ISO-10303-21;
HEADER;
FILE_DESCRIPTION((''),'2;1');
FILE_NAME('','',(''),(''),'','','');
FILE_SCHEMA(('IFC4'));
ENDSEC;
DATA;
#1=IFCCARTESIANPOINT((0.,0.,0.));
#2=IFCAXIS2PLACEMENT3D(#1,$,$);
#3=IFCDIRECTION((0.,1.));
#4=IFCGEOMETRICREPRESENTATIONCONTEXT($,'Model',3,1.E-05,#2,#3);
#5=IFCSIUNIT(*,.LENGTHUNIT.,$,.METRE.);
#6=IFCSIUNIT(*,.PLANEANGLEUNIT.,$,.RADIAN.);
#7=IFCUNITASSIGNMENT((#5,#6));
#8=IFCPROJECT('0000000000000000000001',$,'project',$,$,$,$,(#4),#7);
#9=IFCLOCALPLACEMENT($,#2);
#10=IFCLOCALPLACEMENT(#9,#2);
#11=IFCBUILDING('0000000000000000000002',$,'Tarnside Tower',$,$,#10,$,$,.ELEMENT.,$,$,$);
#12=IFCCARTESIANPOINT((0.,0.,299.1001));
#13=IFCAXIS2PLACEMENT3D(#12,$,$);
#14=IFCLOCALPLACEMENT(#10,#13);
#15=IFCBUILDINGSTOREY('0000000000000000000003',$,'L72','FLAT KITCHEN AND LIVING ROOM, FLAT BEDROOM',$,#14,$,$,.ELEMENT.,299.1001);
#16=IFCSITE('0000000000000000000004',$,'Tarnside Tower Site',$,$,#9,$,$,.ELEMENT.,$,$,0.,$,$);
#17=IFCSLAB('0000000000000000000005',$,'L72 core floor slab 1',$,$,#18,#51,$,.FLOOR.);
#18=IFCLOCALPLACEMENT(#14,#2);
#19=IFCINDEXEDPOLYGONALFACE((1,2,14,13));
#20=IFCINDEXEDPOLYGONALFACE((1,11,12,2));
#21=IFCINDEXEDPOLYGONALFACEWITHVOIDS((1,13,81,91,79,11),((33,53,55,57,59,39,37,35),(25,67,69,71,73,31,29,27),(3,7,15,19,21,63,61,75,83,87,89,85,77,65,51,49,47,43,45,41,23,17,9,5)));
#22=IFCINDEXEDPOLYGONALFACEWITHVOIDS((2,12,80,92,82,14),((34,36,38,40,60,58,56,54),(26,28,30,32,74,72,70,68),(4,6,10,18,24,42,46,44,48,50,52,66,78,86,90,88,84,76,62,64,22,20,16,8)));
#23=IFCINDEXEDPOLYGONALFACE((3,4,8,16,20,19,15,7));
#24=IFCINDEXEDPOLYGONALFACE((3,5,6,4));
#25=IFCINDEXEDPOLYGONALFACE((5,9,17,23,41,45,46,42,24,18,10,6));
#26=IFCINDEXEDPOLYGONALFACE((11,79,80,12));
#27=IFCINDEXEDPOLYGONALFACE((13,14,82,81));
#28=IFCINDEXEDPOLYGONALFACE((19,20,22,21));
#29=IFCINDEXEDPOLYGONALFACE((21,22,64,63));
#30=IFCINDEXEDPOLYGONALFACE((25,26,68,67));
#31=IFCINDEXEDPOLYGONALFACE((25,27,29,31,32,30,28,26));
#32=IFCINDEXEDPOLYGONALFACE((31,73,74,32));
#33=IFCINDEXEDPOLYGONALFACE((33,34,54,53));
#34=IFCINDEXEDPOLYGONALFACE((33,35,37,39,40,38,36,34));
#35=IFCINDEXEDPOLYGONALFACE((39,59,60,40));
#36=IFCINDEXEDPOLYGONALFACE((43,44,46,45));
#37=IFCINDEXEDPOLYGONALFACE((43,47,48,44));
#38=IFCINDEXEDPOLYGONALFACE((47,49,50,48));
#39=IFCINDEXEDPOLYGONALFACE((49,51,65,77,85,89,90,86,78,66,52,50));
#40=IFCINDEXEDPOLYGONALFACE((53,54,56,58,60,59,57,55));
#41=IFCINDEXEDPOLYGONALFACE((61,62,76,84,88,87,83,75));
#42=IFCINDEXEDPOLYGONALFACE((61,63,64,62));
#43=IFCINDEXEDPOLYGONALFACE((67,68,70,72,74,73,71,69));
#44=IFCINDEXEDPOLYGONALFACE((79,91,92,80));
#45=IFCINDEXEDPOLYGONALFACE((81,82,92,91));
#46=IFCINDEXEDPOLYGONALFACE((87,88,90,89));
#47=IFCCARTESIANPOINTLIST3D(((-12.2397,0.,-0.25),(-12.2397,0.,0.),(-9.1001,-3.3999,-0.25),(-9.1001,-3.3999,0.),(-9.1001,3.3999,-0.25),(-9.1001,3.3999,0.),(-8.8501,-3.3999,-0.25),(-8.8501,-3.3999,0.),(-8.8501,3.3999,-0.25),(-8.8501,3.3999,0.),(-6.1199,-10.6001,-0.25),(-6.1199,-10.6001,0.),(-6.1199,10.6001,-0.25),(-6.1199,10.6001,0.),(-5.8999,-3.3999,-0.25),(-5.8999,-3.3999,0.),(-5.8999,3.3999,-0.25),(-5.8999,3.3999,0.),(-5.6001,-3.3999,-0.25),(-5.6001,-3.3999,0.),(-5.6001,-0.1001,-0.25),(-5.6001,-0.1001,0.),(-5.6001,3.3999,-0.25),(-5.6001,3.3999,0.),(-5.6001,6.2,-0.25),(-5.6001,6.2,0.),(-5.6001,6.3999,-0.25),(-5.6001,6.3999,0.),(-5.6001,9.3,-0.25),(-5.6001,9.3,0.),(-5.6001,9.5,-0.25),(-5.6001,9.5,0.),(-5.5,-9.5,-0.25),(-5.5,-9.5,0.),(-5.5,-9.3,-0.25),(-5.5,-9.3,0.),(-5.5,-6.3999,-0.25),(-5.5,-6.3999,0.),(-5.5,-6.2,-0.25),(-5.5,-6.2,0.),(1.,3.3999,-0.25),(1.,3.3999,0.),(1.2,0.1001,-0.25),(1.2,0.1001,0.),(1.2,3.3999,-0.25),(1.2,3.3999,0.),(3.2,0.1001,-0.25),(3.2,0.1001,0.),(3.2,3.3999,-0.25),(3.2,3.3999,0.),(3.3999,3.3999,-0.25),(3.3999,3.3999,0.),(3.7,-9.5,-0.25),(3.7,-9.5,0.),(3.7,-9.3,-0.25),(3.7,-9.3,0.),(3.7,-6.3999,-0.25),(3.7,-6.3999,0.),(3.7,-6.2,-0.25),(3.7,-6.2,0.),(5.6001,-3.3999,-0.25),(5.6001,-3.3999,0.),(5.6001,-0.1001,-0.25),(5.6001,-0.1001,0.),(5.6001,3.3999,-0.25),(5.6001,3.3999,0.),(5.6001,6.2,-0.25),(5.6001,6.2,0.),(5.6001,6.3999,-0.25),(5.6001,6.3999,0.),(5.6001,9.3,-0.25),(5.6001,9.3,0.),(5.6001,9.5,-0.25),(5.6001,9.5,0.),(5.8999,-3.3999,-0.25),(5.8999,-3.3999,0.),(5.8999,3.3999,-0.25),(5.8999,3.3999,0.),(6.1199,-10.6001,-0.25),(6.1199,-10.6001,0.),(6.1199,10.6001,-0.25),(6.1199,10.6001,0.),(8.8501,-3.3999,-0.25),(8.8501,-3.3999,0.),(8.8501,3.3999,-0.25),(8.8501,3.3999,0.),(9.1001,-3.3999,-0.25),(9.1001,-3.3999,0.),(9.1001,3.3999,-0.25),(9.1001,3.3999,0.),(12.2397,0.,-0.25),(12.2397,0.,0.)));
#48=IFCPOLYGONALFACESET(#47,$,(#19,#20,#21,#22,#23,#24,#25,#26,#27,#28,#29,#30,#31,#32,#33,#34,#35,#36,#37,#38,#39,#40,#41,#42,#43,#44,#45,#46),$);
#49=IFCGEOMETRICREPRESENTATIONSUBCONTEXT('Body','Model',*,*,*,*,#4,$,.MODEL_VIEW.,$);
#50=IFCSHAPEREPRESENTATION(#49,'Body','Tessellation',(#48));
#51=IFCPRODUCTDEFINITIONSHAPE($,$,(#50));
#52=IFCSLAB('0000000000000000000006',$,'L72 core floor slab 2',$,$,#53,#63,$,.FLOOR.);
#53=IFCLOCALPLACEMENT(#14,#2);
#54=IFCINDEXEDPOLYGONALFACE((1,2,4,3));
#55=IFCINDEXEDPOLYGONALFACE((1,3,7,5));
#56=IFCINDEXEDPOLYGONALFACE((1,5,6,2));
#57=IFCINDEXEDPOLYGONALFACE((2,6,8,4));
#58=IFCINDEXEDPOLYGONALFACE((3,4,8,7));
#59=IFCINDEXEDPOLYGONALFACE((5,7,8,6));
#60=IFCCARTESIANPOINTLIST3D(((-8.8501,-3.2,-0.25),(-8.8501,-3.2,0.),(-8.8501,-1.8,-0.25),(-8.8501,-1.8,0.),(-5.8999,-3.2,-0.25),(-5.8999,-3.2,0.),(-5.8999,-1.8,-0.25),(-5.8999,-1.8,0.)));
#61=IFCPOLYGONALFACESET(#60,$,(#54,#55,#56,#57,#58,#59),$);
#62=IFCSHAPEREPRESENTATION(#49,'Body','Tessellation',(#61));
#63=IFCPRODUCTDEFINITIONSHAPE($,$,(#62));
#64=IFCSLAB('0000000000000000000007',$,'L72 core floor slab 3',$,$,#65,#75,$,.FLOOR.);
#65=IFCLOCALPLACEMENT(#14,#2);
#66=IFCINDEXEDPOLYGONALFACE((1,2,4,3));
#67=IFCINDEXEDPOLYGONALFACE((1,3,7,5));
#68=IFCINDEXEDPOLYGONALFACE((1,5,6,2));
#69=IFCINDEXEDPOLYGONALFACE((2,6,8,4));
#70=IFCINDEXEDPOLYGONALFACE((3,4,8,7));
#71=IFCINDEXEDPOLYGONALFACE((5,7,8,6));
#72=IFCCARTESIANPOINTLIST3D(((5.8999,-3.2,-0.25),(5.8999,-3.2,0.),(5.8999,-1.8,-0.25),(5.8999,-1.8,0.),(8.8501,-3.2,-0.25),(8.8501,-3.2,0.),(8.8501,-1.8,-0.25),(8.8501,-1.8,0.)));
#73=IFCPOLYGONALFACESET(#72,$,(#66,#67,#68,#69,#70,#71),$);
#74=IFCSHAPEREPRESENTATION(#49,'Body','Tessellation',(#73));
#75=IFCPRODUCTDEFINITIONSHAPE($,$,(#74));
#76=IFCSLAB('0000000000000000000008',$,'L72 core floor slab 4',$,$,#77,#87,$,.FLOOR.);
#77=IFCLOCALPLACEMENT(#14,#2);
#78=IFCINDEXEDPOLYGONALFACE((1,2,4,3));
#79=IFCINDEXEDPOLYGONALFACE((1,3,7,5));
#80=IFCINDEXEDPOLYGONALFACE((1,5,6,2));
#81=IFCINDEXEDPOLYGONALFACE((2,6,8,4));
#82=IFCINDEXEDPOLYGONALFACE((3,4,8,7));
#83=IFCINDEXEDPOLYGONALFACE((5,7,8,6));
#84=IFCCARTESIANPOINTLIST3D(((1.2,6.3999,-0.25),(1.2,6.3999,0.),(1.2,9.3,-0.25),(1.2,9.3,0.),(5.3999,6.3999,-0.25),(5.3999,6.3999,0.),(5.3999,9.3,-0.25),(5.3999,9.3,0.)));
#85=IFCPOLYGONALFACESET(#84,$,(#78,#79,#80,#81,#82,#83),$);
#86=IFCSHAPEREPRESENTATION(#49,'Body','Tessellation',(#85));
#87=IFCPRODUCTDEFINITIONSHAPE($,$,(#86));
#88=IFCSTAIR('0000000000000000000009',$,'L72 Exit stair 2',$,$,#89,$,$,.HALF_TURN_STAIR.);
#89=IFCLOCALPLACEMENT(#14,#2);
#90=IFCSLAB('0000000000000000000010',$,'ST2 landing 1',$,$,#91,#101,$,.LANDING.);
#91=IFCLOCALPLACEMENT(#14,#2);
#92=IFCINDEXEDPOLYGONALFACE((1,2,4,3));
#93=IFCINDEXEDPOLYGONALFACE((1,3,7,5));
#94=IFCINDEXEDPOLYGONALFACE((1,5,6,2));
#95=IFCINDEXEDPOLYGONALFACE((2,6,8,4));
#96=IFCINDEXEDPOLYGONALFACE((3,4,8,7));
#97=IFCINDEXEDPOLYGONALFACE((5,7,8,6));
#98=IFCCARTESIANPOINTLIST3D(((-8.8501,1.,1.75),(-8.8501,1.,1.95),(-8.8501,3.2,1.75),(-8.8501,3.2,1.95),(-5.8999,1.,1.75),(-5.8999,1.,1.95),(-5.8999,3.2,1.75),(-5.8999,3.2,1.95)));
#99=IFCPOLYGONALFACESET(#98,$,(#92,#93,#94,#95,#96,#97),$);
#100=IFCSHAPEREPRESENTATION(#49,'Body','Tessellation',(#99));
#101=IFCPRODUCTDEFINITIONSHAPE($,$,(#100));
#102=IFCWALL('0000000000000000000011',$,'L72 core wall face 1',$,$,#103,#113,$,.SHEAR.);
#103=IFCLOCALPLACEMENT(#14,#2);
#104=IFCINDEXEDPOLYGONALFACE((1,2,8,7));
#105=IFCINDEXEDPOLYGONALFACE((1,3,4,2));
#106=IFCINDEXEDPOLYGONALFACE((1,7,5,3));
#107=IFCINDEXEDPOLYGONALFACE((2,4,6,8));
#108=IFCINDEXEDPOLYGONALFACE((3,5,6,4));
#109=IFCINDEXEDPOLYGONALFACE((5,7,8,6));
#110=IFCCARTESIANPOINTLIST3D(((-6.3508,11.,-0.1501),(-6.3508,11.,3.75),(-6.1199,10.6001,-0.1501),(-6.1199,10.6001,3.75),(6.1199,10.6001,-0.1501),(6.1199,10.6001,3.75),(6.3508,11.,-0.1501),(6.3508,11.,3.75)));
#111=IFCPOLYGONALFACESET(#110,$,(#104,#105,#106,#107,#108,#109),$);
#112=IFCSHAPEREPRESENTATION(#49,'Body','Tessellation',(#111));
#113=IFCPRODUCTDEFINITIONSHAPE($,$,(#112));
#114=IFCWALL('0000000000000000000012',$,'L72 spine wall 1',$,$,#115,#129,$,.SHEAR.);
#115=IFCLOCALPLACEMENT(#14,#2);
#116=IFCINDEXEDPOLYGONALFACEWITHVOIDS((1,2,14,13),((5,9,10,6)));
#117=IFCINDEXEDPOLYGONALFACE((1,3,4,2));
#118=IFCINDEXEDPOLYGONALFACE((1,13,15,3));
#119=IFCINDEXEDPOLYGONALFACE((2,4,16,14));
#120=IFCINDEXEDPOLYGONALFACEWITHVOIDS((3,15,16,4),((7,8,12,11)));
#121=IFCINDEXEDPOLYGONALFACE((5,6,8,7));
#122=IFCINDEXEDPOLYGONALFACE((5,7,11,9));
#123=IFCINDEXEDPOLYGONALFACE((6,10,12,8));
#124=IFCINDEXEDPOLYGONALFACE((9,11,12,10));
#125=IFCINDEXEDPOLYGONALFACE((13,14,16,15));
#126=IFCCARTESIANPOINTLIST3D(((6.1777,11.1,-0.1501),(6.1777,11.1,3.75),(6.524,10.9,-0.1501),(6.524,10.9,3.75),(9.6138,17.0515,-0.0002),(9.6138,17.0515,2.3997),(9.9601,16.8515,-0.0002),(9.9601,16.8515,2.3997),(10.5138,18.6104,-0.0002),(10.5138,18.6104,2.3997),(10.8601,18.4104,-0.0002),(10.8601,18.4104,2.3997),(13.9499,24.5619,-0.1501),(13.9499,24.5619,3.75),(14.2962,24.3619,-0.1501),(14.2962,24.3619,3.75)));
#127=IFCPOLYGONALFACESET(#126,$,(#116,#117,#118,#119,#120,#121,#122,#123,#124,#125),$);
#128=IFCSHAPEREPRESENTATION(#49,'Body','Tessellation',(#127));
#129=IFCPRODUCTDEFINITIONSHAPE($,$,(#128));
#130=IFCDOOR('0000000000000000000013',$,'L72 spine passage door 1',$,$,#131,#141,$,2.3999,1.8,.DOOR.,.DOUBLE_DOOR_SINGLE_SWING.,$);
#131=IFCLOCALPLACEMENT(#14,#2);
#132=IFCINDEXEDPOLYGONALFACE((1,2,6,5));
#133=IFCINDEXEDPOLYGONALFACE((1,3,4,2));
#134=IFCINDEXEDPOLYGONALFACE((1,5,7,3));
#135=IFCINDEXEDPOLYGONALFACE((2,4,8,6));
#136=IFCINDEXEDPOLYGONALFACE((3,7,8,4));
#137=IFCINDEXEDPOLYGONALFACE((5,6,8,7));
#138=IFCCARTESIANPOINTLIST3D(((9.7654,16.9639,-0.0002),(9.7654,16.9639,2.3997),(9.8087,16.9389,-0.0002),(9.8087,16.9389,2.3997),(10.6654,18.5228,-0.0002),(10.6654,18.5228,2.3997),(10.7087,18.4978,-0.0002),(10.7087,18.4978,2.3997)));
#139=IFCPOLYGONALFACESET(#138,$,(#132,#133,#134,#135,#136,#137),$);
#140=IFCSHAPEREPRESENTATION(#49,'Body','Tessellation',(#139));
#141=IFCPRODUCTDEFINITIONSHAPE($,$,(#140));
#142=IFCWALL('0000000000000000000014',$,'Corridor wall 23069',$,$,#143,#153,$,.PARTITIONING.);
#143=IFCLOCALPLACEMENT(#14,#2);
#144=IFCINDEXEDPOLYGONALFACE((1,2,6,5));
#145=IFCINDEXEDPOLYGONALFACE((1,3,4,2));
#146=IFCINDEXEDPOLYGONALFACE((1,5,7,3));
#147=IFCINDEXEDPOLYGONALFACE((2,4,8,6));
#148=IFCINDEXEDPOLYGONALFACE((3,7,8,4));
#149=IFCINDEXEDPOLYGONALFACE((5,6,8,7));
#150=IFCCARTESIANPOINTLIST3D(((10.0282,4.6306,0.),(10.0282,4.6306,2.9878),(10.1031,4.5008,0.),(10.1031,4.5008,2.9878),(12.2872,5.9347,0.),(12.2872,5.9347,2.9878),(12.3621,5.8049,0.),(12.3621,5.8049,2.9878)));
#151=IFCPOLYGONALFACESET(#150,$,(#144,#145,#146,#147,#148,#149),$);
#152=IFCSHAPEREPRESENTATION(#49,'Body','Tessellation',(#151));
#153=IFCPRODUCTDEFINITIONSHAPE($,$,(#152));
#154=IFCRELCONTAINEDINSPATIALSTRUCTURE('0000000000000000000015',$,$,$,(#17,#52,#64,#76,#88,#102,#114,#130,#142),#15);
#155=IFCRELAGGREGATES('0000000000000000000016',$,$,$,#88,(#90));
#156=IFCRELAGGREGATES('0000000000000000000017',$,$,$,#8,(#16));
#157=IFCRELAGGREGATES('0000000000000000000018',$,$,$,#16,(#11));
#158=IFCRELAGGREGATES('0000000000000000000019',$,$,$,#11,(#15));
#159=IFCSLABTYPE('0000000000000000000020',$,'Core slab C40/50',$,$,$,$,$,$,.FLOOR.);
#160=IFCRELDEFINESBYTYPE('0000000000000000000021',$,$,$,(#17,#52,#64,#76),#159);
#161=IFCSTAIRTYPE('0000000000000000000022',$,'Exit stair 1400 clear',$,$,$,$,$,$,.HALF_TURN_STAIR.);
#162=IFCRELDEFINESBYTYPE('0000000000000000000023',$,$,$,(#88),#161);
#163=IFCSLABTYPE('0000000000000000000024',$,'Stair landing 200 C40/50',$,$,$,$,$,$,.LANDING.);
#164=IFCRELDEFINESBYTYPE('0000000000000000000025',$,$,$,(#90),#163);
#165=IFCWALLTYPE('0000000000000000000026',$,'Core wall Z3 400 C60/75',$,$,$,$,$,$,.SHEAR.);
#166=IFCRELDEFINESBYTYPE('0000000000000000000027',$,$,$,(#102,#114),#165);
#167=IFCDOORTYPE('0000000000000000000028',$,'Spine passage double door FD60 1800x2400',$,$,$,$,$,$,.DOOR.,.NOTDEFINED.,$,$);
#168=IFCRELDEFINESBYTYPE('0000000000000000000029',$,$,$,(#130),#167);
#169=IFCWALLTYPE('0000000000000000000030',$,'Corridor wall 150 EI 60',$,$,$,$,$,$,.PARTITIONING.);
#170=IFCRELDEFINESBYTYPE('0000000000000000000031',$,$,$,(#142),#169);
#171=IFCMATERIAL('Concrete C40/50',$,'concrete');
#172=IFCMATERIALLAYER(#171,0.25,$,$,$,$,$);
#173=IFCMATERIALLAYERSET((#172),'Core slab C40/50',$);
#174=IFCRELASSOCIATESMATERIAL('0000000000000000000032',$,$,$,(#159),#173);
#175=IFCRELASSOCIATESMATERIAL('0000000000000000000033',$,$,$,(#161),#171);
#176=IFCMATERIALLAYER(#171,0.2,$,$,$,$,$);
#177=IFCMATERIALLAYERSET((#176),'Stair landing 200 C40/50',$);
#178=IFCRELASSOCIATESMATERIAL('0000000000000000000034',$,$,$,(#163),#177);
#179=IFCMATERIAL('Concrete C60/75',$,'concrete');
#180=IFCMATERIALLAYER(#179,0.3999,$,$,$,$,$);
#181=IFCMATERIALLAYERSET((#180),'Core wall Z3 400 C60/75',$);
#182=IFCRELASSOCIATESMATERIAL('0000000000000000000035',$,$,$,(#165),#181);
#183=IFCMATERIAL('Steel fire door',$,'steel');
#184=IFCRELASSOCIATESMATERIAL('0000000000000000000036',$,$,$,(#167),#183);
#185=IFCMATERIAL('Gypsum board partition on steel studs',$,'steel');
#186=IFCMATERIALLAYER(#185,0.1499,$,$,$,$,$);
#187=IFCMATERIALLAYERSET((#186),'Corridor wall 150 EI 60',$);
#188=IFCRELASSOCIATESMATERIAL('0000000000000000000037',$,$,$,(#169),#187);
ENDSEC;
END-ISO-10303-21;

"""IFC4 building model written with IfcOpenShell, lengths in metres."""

from ifc_helpers import new_model, si_unit, direction, frame, frame_2d, origin, place, context, subcontext, project, spatial, polyline, rectangle, outline, extrude, material, layer, layer_set, type_object, element, fill, aggregate, save


model = new_model("IFC4")

# Units and contexts
model_context = context("Model", 3, precision=1e-05, world=origin(), true_north=direction((0.0, 1.0)))
body_context = subcontext(model_context, "Body", "Model", "MODEL_VIEW")
ifc_project = project(units=[si_unit("LENGTHUNIT", "METRE"), si_unit("PLANEANGLEUNIT", "RADIAN")], contexts=[model_context])

# Site, building, storey
site_placement = place(None, origin())
site = spatial("IfcSite", under=ifc_project, at=site_placement, Name="Tarnside Tower Site", CompositionType="ELEMENT", RefElevation=0.0)
building_placement = place(site_placement, origin())
building = spatial("IfcBuilding", under=site, at=building_placement, Name="Tarnside Tower", CompositionType="ELEMENT")
storey_placement = place(building_placement, frame((0.0, 0.0, 299.1001)))
storey = spatial("IfcBuildingStorey", under=building, at=storey_placement, Name="L72", Description="FLAT KITCHEN AND LIVING ROOM, FLAT BEDROOM", CompositionType="ELEMENT", Elevation=299.1001)

# Slabs
ifc_material_1 = material(Name="Concrete C40/50", Category="concrete")
ifc_layer_1 = layer(ifc_material_1, 0.25)
ifc_layer_set_1 = layer_set([ifc_layer_1], Name="Core slab C40/50")
slab_type_1 = type_object("IfcSlabType", Name="Core slab C40/50", PredefinedType="FLOOR", material=ifc_layer_set_1)
slab_1_placement = place(storey_placement, frame((0.0, 0.0, -0.25)))
element("IfcSlab", 1, at=slab_1_placement, inside=storey, type_object=slab_type_1, Name="L72 core floor slab 1", PredefinedType="FLOOR", context=body_context, shape_type="SweptSolid", body=[
    extrude(outline(polyline([(6.1199, 10.6001), (12.2397, 0.0), (6.1199, -10.6001), (-6.1199, -10.6001), (-12.2397, 0.0), (-6.1199, 10.6001), (6.1199, 10.6001)]), holes=[polyline([(-5.5, -9.5), (3.7, -9.5), (3.7, -9.3), (3.7, -6.3999), (3.7, -6.2), (-5.5, -6.2), (-5.5, -6.3999), (-5.5, -9.3), (-5.5, -9.5)]), polyline([(-5.6001, -3.3999), (-5.6001, -0.1001), (5.6001, -0.1001), (5.6001, -3.3999), (5.8999, -3.3999), (8.8501, -3.3999), (9.1001, -3.3999), (9.1001, 3.3999), (8.8501, 3.3999), (5.8999, 3.3999), (5.6001, 3.3999), (3.3999, 3.3999), (3.2, 3.3999), (3.2, 0.1001), (1.2, 0.1001), (1.2, 3.3999), (1.0, 3.3999), (-5.6001, 3.3999), (-5.8999, 3.3999), (-8.8501, 3.3999), (-9.1001, 3.3999), (-9.1001, -3.3999), (-8.8501, -3.3999), (-5.8999, -3.3999), (-5.6001, -3.3999)]), polyline([(-5.6001, 6.2), (5.6001, 6.2), (5.6001, 6.3999), (5.6001, 9.3), (5.6001, 9.5), (-5.6001, 9.5), (-5.6001, 9.3), (-5.6001, 6.3999), (-5.6001, 6.2)])]), origin(), (0.0, 0.0, 1.0), 0.25),
])
slab_2_placement = place(storey_placement, frame((0.0, 0.0, -0.25)))
element("IfcSlab", 2, at=slab_2_placement, inside=storey, type_object=slab_type_1, Name="L72 core floor slab 2", PredefinedType="FLOOR", context=body_context, shape_type="SweptSolid", body=[
    extrude(outline(polyline([(-8.8501, -3.2), (-8.8501, -1.8), (-5.8999, -1.8), (-5.8999, -3.2), (-8.8501, -3.2)])), origin(), (0.0, 0.0, 1.0), 0.25),
])
slab_3_placement = place(storey_placement, frame((0.0, 0.0, -0.25)))
element("IfcSlab", 3, at=slab_3_placement, inside=storey, type_object=slab_type_1, Name="L72 core floor slab 3", PredefinedType="FLOOR", context=body_context, shape_type="SweptSolid", body=[
    extrude(outline(polyline([(5.8999, -1.8), (8.8501, -1.8), (8.8501, -3.2), (5.8999, -3.2), (5.8999, -1.8)])), origin(), (0.0, 0.0, 1.0), 0.25),
])
slab_4_placement = place(storey_placement, frame((0.0, 0.0, -0.25)))
element("IfcSlab", 4, at=slab_4_placement, inside=storey, type_object=slab_type_1, Name="L72 core floor slab 4", PredefinedType="FLOOR", context=body_context, shape_type="SweptSolid", body=[
    extrude(outline(polyline([(5.3999, 6.3999), (1.2, 6.3999), (1.2, 9.3), (5.3999, 9.3), (5.3999, 6.3999)])), origin(), (0.0, 0.0, 1.0), 0.25),
])

# Stair, slab
stair_type = type_object("IfcStairType", Name="Exit stair 1400 clear", PredefinedType="HALF_TURN_STAIR", material=ifc_material_1)
stair_1_placement = place(storey_placement, origin())
stair_1 = element("IfcStair", 5, at=stair_1_placement, inside=storey, type_object=stair_type, Name="L72 Exit stair 2", PredefinedType="HALF_TURN_STAIR")
ifc_layer_2 = layer(ifc_material_1, 0.2)
ifc_layer_set_2 = layer_set([ifc_layer_2], Name="Stair landing 200 C40/50")
slab_type_2 = type_object("IfcSlabType", Name="Stair landing 200 C40/50", PredefinedType="LANDING", material=ifc_layer_set_2)
slab_5_placement = place(storey_placement, frame((0.0, 0.0, 1.75)))
slab_5 = element("IfcSlab", 6, at=slab_5_placement, type_object=slab_type_2, Name="ST2 landing 1", PredefinedType="LANDING", context=body_context, shape_type="SweptSolid", body=[
    extrude(outline(polyline([(-5.8999, 1.0), (-5.8999, 3.2), (-8.8501, 3.2), (-8.8501, 1.0), (-5.8999, 1.0)])), origin(), (0.0, 0.0, 1.0), 0.2),
])
aggregate(stair_1, [slab_5])

# Wall
ifc_material_2 = material(Name="Concrete C60/75", Category="concrete")
ifc_layer_3 = layer(ifc_material_2, 0.3999)
ifc_layer_set_3 = layer_set([ifc_layer_3], Name="Core wall Z3 400 C60/75")
wall_type_1 = type_object("IfcWallType", Name="Core wall Z3 400 C60/75", PredefinedType="SHEAR", material=ifc_layer_set_3)
wall_1_placement = place(storey_placement, frame((6.2354, 10.8, -0.1501), z_axis=(0.0, 0.0, 1.0), x_axis=(-1.0, 0.0, 0.0)))
element("IfcWall", 7, at=wall_1_placement, inside=storey, type_object=wall_type_1, Name="L72 core wall face 1", PredefinedType="SHEAR", context=body_context, shape_type="SweptSolid", body=[
    extrude(outline(polyline([(-0.1155, -0.2), (12.5862, -0.2), (12.3552, 0.2), (0.1155, 0.2), (-0.1155, -0.2)])), origin(), (0.0, 0.0, 1.0), 3.9001),
])

# Wall, opening, door
wall_2_placement = place(storey_placement, frame((6.3508, 11.0, -0.1501), z_axis=(0.0, 0.0, 1.0), x_axis=(0.499999, 0.866026, 0.0)))
wall_2 = element("IfcWall", 8, at=wall_2_placement, inside=storey, type_object=wall_type_1, Name="L72 spine wall 1", PredefinedType="SHEAR", context=body_context, shape_type="SweptSolid", body=[
    extrude(rectangle(XDim=15.5444, YDim=0.3999, at=frame_2d((7.7722, 0.0))), origin(), (0.0, 0.0, 1.0), 3.9001),
])
opening_1_placement = place(wall_2_placement, frame((6.8723, 0.0, 0.1499)))
opening_1 = element("IfcOpeningElement", 9, at=opening_1_placement, cuts=wall_2, PredefinedType="OPENING", context=body_context, shape_type="SweptSolid", body=[
    extrude(rectangle(XDim=1.8, YDim=2.3999, at=frame_2d((0.8999, 1.2))), frame((0.0, 0.21, 0.0), z_axis=(0.0, -1.0, 0.0), x_axis=(1.0, 0.0, 0.0)), (0.0, 0.0, 1.0), 0.4199),
])
ifc_material_3 = material(Name="Steel fire door", Category="steel")
door_type_1 = type_object("IfcDoorType", Name="Spine passage double door FD60 1800x2400", OperationType="NOTDEFINED", PredefinedType="DOOR", material=ifc_material_3)
door_1_placement = place(opening_1_placement, origin())
door_1 = element("IfcDoor", 10, at=door_1_placement, inside=storey, type_object=door_type_1, Name="L72 spine passage door 1", OperationType="DOUBLE_DOOR_SINGLE_SWING", OverallHeight=2.3999, OverallWidth=1.8, PredefinedType="DOOR", context=body_context, shape_type="SweptSolid", body=[
    extrude(rectangle(XDim=1.8, YDim=2.3999, at=frame_2d((0.8999, 1.2))), frame((0.0, 0.0249, 0.0), z_axis=(0.0, -1.0, 0.0), x_axis=(1.0, 0.0, 0.0)), (0.0, 0.0, 1.0), 0.05),
])
fill(opening_1, door_1)

# Wall
ifc_material_4 = material(Name="Gypsum board partition on steel studs", Category="steel")
ifc_layer_4 = layer(ifc_material_4, 0.1499)
ifc_layer_set_4 = layer_set([ifc_layer_4], Name="Corridor wall 150 EI 60")
wall_type_2 = type_object("IfcWallType", Name="Corridor wall 150 EI 60", PredefinedType="PARTITIONING", material=ifc_layer_set_4)
wall_3_placement = place(storey_placement, frame((10.0657, 4.5657, 0.0), z_axis=(0.0, 0.0, 1.0), x_axis=(0.866034, 0.499984, 0.0)))
element("IfcWall", 11, at=wall_3_placement, inside=storey, type_object=wall_type_2, Name="Corridor wall 23069", PredefinedType="PARTITIONING", context=body_context, shape_type="SweptSolid", body=[
    extrude(rectangle(XDim=2.6084, YDim=0.1499, at=frame_2d((1.3042, 0.0))), origin(), (0.0, 0.0, 1.0), 2.9878),
])

save(model, "model.ifc")
